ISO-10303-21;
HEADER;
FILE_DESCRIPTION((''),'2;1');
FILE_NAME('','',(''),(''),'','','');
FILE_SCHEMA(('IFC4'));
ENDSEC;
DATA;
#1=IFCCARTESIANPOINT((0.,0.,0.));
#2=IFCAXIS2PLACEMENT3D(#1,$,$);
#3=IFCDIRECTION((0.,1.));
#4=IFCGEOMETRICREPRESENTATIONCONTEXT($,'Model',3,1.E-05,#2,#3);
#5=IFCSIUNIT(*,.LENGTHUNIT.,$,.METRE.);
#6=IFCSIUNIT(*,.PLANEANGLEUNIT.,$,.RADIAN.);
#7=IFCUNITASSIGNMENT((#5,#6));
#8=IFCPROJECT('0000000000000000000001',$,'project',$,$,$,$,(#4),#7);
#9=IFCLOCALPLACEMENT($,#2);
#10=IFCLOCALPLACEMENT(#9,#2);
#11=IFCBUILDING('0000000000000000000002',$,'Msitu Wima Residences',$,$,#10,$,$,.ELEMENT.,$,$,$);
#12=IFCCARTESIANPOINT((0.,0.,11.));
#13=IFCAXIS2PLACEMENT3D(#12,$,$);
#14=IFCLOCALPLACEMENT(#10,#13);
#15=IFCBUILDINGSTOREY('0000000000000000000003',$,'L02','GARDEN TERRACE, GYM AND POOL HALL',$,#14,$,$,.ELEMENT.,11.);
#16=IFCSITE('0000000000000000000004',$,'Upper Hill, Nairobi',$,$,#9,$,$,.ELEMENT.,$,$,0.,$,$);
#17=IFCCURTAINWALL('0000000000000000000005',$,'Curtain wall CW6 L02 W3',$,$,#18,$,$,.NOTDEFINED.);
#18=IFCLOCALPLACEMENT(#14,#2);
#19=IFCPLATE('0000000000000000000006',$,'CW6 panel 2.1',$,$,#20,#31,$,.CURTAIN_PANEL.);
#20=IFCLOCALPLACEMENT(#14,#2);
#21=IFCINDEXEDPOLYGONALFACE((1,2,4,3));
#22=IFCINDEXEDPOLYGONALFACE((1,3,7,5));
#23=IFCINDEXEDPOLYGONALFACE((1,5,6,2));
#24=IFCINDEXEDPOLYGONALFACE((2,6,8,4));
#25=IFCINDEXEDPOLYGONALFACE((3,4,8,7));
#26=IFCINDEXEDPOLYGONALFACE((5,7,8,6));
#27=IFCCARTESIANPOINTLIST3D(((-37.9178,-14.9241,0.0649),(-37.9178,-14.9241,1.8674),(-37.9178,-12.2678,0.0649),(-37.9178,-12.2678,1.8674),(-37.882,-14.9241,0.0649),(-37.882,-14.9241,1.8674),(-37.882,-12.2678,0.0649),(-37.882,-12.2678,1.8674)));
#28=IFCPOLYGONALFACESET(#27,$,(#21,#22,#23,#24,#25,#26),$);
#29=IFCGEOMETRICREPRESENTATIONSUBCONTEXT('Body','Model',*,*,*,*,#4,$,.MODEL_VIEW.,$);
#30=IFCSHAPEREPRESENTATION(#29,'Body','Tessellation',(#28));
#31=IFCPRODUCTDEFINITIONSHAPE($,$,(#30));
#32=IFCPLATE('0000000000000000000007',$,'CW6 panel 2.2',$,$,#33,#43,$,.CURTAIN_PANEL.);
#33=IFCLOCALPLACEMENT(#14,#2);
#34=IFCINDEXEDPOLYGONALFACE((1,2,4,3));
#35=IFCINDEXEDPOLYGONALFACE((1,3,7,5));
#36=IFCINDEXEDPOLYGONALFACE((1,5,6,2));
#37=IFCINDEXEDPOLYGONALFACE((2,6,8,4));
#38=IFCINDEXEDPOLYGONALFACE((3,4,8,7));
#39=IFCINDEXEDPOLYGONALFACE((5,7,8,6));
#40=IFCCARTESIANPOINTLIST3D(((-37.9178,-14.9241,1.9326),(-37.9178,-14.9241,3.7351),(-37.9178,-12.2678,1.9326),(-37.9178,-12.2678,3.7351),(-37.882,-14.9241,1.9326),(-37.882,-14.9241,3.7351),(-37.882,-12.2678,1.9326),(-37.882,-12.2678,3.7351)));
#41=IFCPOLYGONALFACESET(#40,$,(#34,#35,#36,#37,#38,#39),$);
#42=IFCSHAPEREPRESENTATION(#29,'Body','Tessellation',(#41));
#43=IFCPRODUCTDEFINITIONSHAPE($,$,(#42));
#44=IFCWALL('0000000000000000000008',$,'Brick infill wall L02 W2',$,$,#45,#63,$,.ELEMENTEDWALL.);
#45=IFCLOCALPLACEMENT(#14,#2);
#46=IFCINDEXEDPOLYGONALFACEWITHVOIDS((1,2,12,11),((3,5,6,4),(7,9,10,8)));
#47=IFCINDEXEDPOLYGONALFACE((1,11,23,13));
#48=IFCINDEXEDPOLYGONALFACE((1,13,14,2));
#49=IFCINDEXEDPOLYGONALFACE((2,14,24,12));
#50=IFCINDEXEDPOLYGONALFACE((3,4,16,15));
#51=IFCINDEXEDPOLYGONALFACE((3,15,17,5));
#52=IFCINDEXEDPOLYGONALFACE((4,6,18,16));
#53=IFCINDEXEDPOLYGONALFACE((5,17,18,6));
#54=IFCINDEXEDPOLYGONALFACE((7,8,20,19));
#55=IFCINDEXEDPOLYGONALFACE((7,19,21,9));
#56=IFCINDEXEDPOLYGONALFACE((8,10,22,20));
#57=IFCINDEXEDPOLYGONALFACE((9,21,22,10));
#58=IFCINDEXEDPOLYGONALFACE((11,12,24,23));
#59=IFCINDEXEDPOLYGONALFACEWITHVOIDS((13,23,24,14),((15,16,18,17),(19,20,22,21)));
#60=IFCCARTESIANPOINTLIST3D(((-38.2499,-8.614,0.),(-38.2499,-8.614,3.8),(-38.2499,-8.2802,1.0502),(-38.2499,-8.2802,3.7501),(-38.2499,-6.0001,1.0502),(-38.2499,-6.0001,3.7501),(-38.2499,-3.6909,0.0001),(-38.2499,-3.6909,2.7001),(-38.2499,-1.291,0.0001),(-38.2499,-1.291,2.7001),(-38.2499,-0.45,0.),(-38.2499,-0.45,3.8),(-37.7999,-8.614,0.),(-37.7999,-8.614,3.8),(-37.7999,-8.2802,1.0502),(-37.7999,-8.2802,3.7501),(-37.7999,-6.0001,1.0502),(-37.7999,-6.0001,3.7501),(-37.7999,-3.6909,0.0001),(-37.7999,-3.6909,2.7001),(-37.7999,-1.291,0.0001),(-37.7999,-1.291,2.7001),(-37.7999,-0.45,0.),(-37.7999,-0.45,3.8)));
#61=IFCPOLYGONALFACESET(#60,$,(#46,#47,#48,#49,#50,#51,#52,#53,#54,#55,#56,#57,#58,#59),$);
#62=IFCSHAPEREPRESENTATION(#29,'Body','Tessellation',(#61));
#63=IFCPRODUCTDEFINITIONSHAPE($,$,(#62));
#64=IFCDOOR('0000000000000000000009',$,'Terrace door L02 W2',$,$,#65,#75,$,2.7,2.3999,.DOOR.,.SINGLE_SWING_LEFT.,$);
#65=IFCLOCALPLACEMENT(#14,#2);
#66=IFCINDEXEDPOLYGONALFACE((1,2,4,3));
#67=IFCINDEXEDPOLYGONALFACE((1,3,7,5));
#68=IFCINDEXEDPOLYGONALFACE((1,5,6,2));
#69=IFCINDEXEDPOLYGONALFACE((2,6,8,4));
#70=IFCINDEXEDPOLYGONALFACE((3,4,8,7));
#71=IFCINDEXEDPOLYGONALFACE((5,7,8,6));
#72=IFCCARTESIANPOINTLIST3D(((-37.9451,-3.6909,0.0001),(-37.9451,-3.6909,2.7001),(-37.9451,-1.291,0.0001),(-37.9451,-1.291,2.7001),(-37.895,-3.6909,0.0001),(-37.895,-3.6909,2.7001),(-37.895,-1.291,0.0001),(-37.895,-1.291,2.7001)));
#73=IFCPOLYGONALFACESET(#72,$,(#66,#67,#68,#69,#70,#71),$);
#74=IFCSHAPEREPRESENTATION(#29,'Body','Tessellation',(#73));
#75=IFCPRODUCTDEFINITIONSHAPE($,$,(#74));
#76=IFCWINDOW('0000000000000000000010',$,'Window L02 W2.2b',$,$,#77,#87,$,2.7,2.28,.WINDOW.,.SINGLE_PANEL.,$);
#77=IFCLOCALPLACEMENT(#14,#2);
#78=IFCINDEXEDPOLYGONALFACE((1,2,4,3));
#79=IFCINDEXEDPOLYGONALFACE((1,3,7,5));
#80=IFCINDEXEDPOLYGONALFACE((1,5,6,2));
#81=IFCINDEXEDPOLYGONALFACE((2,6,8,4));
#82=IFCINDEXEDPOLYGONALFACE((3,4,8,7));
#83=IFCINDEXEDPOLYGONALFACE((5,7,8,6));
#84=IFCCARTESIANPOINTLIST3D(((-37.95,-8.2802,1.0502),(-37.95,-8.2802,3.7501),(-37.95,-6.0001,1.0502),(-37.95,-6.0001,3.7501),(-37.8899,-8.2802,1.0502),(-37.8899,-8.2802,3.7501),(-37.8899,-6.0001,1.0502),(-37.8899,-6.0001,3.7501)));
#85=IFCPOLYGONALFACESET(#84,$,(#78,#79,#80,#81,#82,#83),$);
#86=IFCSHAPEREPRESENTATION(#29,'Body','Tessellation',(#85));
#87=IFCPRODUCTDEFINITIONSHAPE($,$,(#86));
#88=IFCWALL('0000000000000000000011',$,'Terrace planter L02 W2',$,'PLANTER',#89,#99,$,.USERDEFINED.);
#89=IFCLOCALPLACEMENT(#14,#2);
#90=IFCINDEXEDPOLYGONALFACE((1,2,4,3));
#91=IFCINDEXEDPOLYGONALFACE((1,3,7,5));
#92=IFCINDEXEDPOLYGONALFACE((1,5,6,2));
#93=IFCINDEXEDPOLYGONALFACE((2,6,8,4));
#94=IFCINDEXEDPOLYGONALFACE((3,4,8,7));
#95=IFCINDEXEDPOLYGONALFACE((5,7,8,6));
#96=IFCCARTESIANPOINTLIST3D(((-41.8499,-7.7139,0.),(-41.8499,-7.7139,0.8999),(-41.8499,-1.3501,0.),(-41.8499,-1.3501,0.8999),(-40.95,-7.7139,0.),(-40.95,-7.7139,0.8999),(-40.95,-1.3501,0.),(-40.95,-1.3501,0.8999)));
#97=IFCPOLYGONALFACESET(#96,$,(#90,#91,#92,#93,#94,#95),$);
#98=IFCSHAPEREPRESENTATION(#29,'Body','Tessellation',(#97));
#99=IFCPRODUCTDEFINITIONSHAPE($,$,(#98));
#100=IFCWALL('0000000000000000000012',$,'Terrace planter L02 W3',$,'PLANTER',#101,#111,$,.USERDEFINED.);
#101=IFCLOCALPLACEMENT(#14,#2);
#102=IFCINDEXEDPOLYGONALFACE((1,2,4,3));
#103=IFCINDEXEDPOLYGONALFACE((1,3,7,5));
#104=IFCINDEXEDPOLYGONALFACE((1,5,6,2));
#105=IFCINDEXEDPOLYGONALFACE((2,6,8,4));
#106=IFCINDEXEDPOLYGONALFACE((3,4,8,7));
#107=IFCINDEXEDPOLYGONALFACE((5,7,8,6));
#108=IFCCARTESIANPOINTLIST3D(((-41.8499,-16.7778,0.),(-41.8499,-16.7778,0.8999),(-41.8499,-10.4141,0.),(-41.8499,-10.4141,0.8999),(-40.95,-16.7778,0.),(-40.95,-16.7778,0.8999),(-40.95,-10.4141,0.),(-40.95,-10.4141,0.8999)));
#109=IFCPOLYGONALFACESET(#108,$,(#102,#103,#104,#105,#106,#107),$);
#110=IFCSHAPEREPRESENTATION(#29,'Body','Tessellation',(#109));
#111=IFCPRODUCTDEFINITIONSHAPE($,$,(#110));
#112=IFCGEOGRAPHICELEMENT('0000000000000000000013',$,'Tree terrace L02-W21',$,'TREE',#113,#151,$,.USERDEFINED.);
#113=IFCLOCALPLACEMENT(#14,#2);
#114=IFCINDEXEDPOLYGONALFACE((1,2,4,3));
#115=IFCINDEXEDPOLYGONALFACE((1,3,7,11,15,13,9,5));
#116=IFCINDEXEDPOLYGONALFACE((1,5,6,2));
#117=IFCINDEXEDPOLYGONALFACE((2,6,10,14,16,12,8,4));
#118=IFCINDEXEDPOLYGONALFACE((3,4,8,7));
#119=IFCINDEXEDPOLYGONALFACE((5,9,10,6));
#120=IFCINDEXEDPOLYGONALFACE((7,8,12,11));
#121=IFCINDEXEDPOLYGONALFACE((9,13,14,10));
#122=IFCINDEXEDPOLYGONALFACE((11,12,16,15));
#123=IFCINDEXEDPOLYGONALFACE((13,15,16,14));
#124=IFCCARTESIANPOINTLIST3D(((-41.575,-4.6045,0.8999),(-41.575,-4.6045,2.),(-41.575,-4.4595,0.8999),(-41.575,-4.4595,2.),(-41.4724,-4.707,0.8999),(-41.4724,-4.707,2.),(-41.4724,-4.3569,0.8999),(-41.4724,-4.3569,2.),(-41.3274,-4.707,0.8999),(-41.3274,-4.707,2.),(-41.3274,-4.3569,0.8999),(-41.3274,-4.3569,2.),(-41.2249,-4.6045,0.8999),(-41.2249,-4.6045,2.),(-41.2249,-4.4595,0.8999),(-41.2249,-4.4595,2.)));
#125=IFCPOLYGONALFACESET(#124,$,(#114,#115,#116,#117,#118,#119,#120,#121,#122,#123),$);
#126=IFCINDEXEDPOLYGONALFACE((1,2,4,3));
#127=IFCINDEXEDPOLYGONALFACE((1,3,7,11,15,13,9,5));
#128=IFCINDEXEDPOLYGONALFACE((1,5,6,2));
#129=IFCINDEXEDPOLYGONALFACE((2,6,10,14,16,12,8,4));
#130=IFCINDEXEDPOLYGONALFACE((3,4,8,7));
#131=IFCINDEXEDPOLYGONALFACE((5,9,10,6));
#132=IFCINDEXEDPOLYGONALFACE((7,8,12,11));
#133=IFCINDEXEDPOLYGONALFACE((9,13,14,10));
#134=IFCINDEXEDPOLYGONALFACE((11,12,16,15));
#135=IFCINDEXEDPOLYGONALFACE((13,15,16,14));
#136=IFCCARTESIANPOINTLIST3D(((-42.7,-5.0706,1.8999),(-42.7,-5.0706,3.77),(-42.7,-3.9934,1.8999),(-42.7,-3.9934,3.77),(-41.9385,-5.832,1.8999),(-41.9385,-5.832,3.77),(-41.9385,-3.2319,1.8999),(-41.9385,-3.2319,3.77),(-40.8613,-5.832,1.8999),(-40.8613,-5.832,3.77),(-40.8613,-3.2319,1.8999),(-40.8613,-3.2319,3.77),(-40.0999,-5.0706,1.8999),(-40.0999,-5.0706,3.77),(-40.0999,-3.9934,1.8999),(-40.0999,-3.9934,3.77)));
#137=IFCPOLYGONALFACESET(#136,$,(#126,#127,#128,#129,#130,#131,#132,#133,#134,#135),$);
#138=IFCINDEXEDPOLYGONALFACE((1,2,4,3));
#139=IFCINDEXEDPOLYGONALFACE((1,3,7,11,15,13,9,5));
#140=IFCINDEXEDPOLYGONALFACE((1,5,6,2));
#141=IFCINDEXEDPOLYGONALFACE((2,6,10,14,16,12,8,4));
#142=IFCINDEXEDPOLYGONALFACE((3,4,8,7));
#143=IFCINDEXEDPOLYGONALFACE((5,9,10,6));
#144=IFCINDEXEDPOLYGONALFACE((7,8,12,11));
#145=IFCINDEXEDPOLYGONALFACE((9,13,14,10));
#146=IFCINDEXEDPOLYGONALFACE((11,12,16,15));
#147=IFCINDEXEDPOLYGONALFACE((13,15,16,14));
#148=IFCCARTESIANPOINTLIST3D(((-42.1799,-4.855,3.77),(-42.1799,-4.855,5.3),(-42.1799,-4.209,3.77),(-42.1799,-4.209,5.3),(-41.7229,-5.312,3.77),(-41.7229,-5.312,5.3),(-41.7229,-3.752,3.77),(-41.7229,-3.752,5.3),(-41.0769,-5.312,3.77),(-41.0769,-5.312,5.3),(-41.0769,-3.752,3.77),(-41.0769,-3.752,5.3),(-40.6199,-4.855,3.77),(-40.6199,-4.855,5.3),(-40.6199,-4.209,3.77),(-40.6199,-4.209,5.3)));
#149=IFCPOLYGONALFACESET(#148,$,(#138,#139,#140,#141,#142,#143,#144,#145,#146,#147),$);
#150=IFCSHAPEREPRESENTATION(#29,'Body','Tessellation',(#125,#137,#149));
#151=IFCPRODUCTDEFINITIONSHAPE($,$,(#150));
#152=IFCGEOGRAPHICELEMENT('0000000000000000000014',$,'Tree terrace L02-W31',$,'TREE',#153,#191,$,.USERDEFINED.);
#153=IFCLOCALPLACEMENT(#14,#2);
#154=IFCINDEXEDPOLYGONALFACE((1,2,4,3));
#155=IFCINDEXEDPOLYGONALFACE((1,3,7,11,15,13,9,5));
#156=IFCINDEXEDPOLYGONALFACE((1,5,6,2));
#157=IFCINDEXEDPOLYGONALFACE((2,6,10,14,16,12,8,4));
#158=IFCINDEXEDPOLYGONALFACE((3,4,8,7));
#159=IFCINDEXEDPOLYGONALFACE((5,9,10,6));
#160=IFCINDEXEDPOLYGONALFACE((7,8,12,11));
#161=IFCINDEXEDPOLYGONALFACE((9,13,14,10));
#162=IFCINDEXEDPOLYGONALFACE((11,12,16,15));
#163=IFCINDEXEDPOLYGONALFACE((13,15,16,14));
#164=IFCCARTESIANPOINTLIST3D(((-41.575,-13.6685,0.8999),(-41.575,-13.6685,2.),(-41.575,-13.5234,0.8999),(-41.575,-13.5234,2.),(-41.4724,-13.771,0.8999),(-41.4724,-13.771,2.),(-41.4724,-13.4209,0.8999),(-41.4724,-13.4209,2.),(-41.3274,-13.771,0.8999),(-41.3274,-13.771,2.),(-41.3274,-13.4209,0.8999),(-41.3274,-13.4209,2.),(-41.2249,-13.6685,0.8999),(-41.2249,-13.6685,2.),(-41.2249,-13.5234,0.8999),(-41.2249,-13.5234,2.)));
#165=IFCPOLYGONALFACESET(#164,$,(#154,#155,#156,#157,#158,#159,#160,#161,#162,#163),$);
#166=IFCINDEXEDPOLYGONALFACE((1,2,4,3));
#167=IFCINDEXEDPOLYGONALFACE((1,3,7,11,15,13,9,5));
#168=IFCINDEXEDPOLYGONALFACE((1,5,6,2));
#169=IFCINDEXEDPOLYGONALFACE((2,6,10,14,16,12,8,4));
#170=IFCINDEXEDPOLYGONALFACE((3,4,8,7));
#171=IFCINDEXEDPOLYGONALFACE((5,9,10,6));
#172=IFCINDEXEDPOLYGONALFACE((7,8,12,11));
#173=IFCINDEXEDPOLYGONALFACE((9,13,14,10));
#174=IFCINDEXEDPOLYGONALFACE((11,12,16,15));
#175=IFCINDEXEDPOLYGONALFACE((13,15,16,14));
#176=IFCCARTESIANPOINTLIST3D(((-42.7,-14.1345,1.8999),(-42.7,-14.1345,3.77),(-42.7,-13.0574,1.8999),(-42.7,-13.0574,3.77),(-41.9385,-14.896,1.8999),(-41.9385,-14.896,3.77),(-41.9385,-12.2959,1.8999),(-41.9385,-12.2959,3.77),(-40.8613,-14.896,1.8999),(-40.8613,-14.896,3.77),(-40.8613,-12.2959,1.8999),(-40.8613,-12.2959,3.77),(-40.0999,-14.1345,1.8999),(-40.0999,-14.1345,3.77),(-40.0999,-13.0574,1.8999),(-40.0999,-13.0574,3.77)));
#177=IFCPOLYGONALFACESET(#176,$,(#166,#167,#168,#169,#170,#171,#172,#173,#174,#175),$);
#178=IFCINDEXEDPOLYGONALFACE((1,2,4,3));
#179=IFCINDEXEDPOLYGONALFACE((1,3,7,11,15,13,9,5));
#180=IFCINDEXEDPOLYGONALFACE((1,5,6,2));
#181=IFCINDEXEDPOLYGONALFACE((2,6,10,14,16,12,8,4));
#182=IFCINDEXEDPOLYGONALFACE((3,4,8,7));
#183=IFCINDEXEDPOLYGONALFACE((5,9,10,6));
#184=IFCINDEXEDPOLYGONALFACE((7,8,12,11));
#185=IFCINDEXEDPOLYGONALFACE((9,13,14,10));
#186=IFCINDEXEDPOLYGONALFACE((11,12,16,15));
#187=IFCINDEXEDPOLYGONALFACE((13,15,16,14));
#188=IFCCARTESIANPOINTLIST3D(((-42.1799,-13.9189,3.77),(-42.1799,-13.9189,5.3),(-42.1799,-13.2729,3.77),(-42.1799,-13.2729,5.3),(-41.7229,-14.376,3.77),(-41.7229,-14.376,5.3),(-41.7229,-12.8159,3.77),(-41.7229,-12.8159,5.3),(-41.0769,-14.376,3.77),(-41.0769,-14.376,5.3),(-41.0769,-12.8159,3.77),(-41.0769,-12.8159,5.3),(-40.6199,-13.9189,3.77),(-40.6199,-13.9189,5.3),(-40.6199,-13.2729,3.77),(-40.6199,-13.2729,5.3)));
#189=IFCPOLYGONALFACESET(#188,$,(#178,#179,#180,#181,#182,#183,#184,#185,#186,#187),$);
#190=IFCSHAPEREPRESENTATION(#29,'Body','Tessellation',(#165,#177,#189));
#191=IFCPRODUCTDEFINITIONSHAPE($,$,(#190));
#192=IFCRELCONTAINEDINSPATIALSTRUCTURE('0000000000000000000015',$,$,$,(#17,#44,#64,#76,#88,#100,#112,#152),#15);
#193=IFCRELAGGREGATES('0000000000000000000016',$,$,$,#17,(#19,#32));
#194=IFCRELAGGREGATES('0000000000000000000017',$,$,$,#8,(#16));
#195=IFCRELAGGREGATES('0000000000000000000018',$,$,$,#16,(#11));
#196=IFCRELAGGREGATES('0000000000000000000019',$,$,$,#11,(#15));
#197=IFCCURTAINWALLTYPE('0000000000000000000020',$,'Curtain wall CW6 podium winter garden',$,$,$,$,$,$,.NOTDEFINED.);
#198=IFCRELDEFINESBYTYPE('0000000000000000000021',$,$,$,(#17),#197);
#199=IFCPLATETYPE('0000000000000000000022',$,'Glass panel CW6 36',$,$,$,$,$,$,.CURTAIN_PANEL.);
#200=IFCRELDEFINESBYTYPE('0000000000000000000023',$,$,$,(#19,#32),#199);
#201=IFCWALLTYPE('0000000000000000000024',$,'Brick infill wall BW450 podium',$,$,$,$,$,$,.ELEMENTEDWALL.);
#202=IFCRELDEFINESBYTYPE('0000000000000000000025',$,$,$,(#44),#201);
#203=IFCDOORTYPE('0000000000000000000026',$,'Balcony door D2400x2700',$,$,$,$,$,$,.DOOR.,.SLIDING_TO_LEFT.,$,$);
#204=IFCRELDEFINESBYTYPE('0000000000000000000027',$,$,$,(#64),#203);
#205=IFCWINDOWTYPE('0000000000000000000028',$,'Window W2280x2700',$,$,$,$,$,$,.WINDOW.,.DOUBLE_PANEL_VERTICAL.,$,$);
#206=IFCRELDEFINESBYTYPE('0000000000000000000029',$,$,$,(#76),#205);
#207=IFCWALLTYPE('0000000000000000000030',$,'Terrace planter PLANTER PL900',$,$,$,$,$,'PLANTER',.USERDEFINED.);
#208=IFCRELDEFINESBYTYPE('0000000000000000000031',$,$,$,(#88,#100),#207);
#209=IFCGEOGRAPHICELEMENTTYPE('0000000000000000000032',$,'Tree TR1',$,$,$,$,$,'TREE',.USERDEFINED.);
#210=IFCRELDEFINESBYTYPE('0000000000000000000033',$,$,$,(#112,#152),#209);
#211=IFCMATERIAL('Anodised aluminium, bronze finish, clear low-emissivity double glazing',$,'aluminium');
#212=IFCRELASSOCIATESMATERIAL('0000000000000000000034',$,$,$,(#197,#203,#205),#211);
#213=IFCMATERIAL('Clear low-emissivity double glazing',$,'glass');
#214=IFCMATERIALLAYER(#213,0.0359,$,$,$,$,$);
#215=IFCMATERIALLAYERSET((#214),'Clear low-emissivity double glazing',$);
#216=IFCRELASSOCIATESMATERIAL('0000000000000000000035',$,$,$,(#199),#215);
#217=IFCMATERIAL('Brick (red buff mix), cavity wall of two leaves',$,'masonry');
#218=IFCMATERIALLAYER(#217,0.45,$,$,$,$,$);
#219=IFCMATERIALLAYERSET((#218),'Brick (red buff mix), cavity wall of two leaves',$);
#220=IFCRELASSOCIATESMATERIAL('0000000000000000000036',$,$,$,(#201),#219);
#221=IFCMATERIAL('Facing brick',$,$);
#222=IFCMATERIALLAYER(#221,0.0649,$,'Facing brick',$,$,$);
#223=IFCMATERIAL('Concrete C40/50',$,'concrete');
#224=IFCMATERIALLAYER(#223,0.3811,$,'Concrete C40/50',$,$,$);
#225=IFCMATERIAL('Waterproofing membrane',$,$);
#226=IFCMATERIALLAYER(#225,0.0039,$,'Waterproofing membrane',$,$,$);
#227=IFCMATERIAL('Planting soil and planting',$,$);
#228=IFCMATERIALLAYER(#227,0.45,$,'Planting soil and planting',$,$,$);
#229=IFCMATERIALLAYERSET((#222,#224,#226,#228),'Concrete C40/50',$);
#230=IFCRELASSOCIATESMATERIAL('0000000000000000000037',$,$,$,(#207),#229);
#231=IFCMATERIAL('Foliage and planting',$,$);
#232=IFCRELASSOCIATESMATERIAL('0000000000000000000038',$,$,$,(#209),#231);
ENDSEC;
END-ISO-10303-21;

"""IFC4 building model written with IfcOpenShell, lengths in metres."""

from ifc_helpers import new_model, si_unit, direction, frame, frame_2d, origin, origin_2d, place, context, subcontext, project, spatial, polyline, rectangle, outline, extrude, material, layer, layer_set, type_object, element, fill, aggregate, save


model = new_model("IFC4")

# Units and contexts
model_context = context("Model", 3, precision=1e-05, world=origin(), true_north=direction((0.0, 1.0)))
body_context = subcontext(model_context, "Body", "Model", "MODEL_VIEW")
ifc_project = project(units=[si_unit("LENGTHUNIT", "METRE"), si_unit("PLANEANGLEUNIT", "RADIAN")], contexts=[model_context])

# Site, building, storey
site_placement = place(None, origin())
site = spatial("IfcSite", under=ifc_project, at=site_placement, Name="Upper Hill, Nairobi", CompositionType="ELEMENT", RefElevation=0.0)
building_placement = place(site_placement, origin())
building = spatial("IfcBuilding", under=site, at=building_placement, Name="Msitu Wima Residences", CompositionType="ELEMENT")
storey_placement = place(building_placement, frame((0.0, 0.0, 11.0)))
storey = spatial("IfcBuildingStorey", under=building, at=storey_placement, Name="L02", Description="GARDEN TERRACE, GYM AND POOL HALL", CompositionType="ELEMENT", Elevation=11.0)

# Curtain wall
ifc_material_1 = material(Name="Anodised aluminium, bronze finish, clear low-emissivity double glazing", Category="aluminium")
curtain_wall_type = type_object("IfcCurtainWallType", Name="Curtain wall CW6 podium winter garden", PredefinedType="NOTDEFINED", material=ifc_material_1)
curtain_wall_placement = place(storey_placement, origin())
curtain_wall = element("IfcCurtainWall", 1, at=curtain_wall_placement, inside=storey, type_object=curtain_wall_type, Name="Curtain wall CW6 L02 W3", PredefinedType="NOTDEFINED")

# Plates
ifc_material_2 = material(Name="Clear low-emissivity double glazing", Category="glass")
ifc_layer_1 = layer(ifc_material_2, 0.0359)
ifc_layer_set_1 = layer_set([ifc_layer_1], Name="Clear low-emissivity double glazing")
plate_type = type_object("IfcPlateType", Name="Glass panel CW6 36", PredefinedType="CURTAIN_PANEL", material=ifc_layer_set_1)
plate_1_placement = place(storey_placement, frame((-37.8999, -13.5959, 0.0649), z_axis=(0.0, 0.0, 1.0), x_axis=(0.0, -1.0, 0.0)))
plate_1 = element("IfcPlate", 2, at=plate_1_placement, type_object=plate_type, Name="CW6 panel 2.1", PredefinedType="CURTAIN_PANEL", context=body_context, shape_type="SweptSolid", body=[
    extrude(rectangle(XDim=2.6562, YDim=0.0359, at=origin_2d()), origin(), (0.0, 0.0, 1.0), 1.8025),
])
plate_2_placement = place(storey_placement, frame((-37.8999, -13.5959, 1.9326), z_axis=(0.0, 0.0, 1.0), x_axis=(0.0, -1.0, 0.0)))
plate_2 = element("IfcPlate", 3, at=plate_2_placement, type_object=plate_type, Name="CW6 panel 2.2", PredefinedType="CURTAIN_PANEL", context=body_context, shape_type="SweptSolid", body=[
    extrude(rectangle(XDim=2.6562, YDim=0.0359, at=origin_2d()), origin(), (0.0, 0.0, 1.0), 1.8025),
])
aggregate(curtain_wall, [plate_1, plate_2])

# Wall, openings, door, window
ifc_material_3 = material(Name="Brick (red buff mix), cavity wall of two leaves", Category="masonry")
ifc_layer_2 = layer(ifc_material_3, 0.45)
ifc_layer_set_2 = layer_set([ifc_layer_2], Name="Brick (red buff mix), cavity wall of two leaves")
wall_type_1 = type_object("IfcWallType", Name="Brick infill wall BW450 podium", PredefinedType="ELEMENTEDWALL", material=ifc_layer_set_2)
wall_1_placement = place(storey_placement, frame((-38.0249, -0.45, 0.0), z_axis=(0.0, 0.0, 1.0), x_axis=(0.0, -1.0, 0.0)))
wall_1 = element("IfcWall", 4, at=wall_1_placement, inside=storey, type_object=wall_type_1, Name="Brick infill wall L02 W2", PredefinedType="ELEMENTEDWALL", context=body_context, shape_type="SweptSolid", body=[
    extrude(rectangle(XDim=8.1641, YDim=0.45, at=frame_2d((4.082, 0.0))), origin(), (0.0, 0.0, 1.0), 3.8),
])
opening_1_placement = place(wall_1_placement, frame((0.8411, 0.0, 0.0)))
opening_1 = element("IfcOpeningElement", 5, at=opening_1_placement, cuts=wall_1, PredefinedType="OPENING", context=body_context, shape_type="SweptSolid", body=[
    extrude(rectangle(XDim=2.3999, YDim=2.7, at=frame_2d((1.2, 1.3501))), frame((0.0, 0.2349, 0.0), z_axis=(0.0, -1.0, 0.0), x_axis=(1.0, 0.0, 0.0)), (0.0, 0.0, 1.0), 0.47),
])
opening_2_placement = place(wall_1_placement, frame((5.55, 0.0, 1.05)))
opening_2 = element("IfcOpeningElement", 6, at=opening_2_placement, cuts=wall_1, PredefinedType="OPENING", context=body_context, shape_type="SweptSolid", body=[
    extrude(rectangle(XDim=2.28, YDim=2.7, at=frame_2d((1.1401, 1.3501))), frame((0.0, 0.2349, 0.0), z_axis=(0.0, -1.0, 0.0), x_axis=(1.0, 0.0, 0.0)), (0.0, 0.0, 1.0), 0.47),
])
door_type_1 = type_object("IfcDoorType", Name="Balcony door D2400x2700", OperationType="SLIDING_TO_LEFT", PredefinedType="DOOR", material=ifc_material_1)
door_1_placement = place(opening_1_placement, origin())
door_1 = element("IfcDoor", 7, at=door_1_placement, inside=storey, type_object=door_type_1, Name="Terrace door L02 W2", OperationType="SINGLE_SWING_LEFT", OverallHeight=2.7, OverallWidth=2.3999, PredefinedType="DOOR", context=body_context, shape_type="SweptSolid", body=[
    extrude(rectangle(XDim=2.3999, YDim=2.7, at=frame_2d((1.2, 1.3501))), frame((0.0, 0.1299, 0.0), z_axis=(0.0, -1.0, 0.0), x_axis=(1.0, 0.0, 0.0)), (0.0, 0.0, 1.0), 0.05),
])
fill(opening_1, door_1)
window_type = type_object("IfcWindowType", Name="Window W2280x2700", PartitioningType="DOUBLE_PANEL_VERTICAL", PredefinedType="WINDOW", material=ifc_material_1)
window_placement = place(opening_2_placement, origin())
window = element("IfcWindow", 8, at=window_placement, inside=storey, type_object=window_type, Name="Window L02 W2.2b", OverallHeight=2.7, OverallWidth=2.28, PartitioningType="SINGLE_PANEL", PredefinedType="WINDOW", context=body_context, shape_type="SweptSolid", body=[
    extrude(rectangle(XDim=2.28, YDim=2.7, at=frame_2d((1.1401, 1.3501))), frame((0.0, 0.135, 0.0), z_axis=(0.0, -1.0, 0.0), x_axis=(1.0, 0.0, 0.0)), (0.0, 0.0, 1.0), 0.0601),
])
fill(opening_2, window)

# Walls
ifc_material_4 = material(Name="Facing brick")
ifc_layer_3 = layer(ifc_material_4, 0.0649, Name="Facing brick")
ifc_material_5 = material(Name="Concrete C40/50", Category="concrete")
ifc_layer_4 = layer(ifc_material_5, 0.3811, Name="Concrete C40/50")
ifc_material_6 = material(Name="Waterproofing membrane")
ifc_layer_5 = layer(ifc_material_6, 0.0039, Name="Waterproofing membrane")
ifc_material_7 = material(Name="Planting soil and planting")
ifc_layer_6 = layer(ifc_material_7, 0.45, Name="Planting soil and planting")
ifc_layer_set_3 = layer_set([ifc_layer_3, ifc_layer_4, ifc_layer_5, ifc_layer_6], Name="Concrete C40/50")
wall_type_2 = type_object("IfcWallType", Name="Terrace planter PLANTER PL900", ElementType="PLANTER", PredefinedType="USERDEFINED", material=ifc_layer_set_3)
for number, where, z_axis, x_axis, name in (
    (9, (-41.3999, -1.3501, 0.0), (0.0, 0.0, 1.0), (0.0, -1.0, 0.0), "Terrace planter L02 W2"),
    (10, (-41.3999, -10.4141, 0.0), (0.0, 0.0, 1.0), (0.0, -1.0, 0.0), "Terrace planter L02 W3"),
):
    element("IfcWall", number, at=place(storey_placement, frame(where, z_axis=z_axis, x_axis=x_axis)), inside=storey, type_object=wall_type_2, Name=name, ObjectType="PLANTER", PredefinedType="USERDEFINED", context=body_context, shape_type="SweptSolid", body=[
        extrude(rectangle(XDim=6.3638, YDim=0.8999, at=frame_2d((3.1819, 0.0))), origin(), (0.0, 0.0, 1.0), 0.8999),
    ])

# Geographic elements
ifc_material_8 = material(Name="Foliage and planting")
geographic_element_type = type_object("IfcGeographicElementType", Name="Tree TR1", ElementType="TREE", PredefinedType="USERDEFINED", material=ifc_material_8)
for number, where, z_axis, x_axis, name in (
    (11, (-41.3999, -4.532, 0.8999), (0.0, 0.0, 1.0), (1.0, 0.0, 0.0), "Tree terrace L02-W21"),
    (12, (-41.3999, -13.5959, 0.8999), (0.0, 0.0, 1.0), (1.0, 0.0, 0.0), "Tree terrace L02-W31"),
):
    element("IfcGeographicElement", number, at=place(storey_placement, frame(where, z_axis=z_axis, x_axis=x_axis)), inside=storey, type_object=geographic_element_type, Name=name, ObjectType="TREE", PredefinedType="USERDEFINED", context=body_context, shape_type="SweptSolid", body=[
        extrude(outline(polyline([(0.175, 0.0725), (0.0725, 0.175), (-0.0725, 0.175), (-0.175, 0.0725), (-0.175, -0.0725), (-0.0725, -0.175), (0.0725, -0.175), (0.175, -0.0725), (0.175, 0.0725)])), origin(), (0.0, 0.0, 1.0), 1.1001),
        extrude(outline(polyline([(1.3, 0.5386), (0.5386, 1.3), (-0.5386, 1.3), (-1.3, 0.5386), (-1.3, -0.5386), (-0.5386, -1.3), (0.5386, -1.3), (1.3, -0.5386), (1.3, 0.5386)])), frame((0.0, 0.0, 1.0)), (0.0, 0.0, 1.0), 1.8701),
        extrude(outline(polyline([(0.78, 0.323), (0.323, 0.78), (-0.323, 0.78), (-0.78, 0.323), (-0.78, -0.323), (-0.323, -0.78), (0.323, -0.78), (0.78, -0.323), (0.78, 0.323)])), frame((0.0, 0.0, 2.8701)), (0.0, 0.0, 1.0), 1.53),
    ])

save(model, "model.ifc")
